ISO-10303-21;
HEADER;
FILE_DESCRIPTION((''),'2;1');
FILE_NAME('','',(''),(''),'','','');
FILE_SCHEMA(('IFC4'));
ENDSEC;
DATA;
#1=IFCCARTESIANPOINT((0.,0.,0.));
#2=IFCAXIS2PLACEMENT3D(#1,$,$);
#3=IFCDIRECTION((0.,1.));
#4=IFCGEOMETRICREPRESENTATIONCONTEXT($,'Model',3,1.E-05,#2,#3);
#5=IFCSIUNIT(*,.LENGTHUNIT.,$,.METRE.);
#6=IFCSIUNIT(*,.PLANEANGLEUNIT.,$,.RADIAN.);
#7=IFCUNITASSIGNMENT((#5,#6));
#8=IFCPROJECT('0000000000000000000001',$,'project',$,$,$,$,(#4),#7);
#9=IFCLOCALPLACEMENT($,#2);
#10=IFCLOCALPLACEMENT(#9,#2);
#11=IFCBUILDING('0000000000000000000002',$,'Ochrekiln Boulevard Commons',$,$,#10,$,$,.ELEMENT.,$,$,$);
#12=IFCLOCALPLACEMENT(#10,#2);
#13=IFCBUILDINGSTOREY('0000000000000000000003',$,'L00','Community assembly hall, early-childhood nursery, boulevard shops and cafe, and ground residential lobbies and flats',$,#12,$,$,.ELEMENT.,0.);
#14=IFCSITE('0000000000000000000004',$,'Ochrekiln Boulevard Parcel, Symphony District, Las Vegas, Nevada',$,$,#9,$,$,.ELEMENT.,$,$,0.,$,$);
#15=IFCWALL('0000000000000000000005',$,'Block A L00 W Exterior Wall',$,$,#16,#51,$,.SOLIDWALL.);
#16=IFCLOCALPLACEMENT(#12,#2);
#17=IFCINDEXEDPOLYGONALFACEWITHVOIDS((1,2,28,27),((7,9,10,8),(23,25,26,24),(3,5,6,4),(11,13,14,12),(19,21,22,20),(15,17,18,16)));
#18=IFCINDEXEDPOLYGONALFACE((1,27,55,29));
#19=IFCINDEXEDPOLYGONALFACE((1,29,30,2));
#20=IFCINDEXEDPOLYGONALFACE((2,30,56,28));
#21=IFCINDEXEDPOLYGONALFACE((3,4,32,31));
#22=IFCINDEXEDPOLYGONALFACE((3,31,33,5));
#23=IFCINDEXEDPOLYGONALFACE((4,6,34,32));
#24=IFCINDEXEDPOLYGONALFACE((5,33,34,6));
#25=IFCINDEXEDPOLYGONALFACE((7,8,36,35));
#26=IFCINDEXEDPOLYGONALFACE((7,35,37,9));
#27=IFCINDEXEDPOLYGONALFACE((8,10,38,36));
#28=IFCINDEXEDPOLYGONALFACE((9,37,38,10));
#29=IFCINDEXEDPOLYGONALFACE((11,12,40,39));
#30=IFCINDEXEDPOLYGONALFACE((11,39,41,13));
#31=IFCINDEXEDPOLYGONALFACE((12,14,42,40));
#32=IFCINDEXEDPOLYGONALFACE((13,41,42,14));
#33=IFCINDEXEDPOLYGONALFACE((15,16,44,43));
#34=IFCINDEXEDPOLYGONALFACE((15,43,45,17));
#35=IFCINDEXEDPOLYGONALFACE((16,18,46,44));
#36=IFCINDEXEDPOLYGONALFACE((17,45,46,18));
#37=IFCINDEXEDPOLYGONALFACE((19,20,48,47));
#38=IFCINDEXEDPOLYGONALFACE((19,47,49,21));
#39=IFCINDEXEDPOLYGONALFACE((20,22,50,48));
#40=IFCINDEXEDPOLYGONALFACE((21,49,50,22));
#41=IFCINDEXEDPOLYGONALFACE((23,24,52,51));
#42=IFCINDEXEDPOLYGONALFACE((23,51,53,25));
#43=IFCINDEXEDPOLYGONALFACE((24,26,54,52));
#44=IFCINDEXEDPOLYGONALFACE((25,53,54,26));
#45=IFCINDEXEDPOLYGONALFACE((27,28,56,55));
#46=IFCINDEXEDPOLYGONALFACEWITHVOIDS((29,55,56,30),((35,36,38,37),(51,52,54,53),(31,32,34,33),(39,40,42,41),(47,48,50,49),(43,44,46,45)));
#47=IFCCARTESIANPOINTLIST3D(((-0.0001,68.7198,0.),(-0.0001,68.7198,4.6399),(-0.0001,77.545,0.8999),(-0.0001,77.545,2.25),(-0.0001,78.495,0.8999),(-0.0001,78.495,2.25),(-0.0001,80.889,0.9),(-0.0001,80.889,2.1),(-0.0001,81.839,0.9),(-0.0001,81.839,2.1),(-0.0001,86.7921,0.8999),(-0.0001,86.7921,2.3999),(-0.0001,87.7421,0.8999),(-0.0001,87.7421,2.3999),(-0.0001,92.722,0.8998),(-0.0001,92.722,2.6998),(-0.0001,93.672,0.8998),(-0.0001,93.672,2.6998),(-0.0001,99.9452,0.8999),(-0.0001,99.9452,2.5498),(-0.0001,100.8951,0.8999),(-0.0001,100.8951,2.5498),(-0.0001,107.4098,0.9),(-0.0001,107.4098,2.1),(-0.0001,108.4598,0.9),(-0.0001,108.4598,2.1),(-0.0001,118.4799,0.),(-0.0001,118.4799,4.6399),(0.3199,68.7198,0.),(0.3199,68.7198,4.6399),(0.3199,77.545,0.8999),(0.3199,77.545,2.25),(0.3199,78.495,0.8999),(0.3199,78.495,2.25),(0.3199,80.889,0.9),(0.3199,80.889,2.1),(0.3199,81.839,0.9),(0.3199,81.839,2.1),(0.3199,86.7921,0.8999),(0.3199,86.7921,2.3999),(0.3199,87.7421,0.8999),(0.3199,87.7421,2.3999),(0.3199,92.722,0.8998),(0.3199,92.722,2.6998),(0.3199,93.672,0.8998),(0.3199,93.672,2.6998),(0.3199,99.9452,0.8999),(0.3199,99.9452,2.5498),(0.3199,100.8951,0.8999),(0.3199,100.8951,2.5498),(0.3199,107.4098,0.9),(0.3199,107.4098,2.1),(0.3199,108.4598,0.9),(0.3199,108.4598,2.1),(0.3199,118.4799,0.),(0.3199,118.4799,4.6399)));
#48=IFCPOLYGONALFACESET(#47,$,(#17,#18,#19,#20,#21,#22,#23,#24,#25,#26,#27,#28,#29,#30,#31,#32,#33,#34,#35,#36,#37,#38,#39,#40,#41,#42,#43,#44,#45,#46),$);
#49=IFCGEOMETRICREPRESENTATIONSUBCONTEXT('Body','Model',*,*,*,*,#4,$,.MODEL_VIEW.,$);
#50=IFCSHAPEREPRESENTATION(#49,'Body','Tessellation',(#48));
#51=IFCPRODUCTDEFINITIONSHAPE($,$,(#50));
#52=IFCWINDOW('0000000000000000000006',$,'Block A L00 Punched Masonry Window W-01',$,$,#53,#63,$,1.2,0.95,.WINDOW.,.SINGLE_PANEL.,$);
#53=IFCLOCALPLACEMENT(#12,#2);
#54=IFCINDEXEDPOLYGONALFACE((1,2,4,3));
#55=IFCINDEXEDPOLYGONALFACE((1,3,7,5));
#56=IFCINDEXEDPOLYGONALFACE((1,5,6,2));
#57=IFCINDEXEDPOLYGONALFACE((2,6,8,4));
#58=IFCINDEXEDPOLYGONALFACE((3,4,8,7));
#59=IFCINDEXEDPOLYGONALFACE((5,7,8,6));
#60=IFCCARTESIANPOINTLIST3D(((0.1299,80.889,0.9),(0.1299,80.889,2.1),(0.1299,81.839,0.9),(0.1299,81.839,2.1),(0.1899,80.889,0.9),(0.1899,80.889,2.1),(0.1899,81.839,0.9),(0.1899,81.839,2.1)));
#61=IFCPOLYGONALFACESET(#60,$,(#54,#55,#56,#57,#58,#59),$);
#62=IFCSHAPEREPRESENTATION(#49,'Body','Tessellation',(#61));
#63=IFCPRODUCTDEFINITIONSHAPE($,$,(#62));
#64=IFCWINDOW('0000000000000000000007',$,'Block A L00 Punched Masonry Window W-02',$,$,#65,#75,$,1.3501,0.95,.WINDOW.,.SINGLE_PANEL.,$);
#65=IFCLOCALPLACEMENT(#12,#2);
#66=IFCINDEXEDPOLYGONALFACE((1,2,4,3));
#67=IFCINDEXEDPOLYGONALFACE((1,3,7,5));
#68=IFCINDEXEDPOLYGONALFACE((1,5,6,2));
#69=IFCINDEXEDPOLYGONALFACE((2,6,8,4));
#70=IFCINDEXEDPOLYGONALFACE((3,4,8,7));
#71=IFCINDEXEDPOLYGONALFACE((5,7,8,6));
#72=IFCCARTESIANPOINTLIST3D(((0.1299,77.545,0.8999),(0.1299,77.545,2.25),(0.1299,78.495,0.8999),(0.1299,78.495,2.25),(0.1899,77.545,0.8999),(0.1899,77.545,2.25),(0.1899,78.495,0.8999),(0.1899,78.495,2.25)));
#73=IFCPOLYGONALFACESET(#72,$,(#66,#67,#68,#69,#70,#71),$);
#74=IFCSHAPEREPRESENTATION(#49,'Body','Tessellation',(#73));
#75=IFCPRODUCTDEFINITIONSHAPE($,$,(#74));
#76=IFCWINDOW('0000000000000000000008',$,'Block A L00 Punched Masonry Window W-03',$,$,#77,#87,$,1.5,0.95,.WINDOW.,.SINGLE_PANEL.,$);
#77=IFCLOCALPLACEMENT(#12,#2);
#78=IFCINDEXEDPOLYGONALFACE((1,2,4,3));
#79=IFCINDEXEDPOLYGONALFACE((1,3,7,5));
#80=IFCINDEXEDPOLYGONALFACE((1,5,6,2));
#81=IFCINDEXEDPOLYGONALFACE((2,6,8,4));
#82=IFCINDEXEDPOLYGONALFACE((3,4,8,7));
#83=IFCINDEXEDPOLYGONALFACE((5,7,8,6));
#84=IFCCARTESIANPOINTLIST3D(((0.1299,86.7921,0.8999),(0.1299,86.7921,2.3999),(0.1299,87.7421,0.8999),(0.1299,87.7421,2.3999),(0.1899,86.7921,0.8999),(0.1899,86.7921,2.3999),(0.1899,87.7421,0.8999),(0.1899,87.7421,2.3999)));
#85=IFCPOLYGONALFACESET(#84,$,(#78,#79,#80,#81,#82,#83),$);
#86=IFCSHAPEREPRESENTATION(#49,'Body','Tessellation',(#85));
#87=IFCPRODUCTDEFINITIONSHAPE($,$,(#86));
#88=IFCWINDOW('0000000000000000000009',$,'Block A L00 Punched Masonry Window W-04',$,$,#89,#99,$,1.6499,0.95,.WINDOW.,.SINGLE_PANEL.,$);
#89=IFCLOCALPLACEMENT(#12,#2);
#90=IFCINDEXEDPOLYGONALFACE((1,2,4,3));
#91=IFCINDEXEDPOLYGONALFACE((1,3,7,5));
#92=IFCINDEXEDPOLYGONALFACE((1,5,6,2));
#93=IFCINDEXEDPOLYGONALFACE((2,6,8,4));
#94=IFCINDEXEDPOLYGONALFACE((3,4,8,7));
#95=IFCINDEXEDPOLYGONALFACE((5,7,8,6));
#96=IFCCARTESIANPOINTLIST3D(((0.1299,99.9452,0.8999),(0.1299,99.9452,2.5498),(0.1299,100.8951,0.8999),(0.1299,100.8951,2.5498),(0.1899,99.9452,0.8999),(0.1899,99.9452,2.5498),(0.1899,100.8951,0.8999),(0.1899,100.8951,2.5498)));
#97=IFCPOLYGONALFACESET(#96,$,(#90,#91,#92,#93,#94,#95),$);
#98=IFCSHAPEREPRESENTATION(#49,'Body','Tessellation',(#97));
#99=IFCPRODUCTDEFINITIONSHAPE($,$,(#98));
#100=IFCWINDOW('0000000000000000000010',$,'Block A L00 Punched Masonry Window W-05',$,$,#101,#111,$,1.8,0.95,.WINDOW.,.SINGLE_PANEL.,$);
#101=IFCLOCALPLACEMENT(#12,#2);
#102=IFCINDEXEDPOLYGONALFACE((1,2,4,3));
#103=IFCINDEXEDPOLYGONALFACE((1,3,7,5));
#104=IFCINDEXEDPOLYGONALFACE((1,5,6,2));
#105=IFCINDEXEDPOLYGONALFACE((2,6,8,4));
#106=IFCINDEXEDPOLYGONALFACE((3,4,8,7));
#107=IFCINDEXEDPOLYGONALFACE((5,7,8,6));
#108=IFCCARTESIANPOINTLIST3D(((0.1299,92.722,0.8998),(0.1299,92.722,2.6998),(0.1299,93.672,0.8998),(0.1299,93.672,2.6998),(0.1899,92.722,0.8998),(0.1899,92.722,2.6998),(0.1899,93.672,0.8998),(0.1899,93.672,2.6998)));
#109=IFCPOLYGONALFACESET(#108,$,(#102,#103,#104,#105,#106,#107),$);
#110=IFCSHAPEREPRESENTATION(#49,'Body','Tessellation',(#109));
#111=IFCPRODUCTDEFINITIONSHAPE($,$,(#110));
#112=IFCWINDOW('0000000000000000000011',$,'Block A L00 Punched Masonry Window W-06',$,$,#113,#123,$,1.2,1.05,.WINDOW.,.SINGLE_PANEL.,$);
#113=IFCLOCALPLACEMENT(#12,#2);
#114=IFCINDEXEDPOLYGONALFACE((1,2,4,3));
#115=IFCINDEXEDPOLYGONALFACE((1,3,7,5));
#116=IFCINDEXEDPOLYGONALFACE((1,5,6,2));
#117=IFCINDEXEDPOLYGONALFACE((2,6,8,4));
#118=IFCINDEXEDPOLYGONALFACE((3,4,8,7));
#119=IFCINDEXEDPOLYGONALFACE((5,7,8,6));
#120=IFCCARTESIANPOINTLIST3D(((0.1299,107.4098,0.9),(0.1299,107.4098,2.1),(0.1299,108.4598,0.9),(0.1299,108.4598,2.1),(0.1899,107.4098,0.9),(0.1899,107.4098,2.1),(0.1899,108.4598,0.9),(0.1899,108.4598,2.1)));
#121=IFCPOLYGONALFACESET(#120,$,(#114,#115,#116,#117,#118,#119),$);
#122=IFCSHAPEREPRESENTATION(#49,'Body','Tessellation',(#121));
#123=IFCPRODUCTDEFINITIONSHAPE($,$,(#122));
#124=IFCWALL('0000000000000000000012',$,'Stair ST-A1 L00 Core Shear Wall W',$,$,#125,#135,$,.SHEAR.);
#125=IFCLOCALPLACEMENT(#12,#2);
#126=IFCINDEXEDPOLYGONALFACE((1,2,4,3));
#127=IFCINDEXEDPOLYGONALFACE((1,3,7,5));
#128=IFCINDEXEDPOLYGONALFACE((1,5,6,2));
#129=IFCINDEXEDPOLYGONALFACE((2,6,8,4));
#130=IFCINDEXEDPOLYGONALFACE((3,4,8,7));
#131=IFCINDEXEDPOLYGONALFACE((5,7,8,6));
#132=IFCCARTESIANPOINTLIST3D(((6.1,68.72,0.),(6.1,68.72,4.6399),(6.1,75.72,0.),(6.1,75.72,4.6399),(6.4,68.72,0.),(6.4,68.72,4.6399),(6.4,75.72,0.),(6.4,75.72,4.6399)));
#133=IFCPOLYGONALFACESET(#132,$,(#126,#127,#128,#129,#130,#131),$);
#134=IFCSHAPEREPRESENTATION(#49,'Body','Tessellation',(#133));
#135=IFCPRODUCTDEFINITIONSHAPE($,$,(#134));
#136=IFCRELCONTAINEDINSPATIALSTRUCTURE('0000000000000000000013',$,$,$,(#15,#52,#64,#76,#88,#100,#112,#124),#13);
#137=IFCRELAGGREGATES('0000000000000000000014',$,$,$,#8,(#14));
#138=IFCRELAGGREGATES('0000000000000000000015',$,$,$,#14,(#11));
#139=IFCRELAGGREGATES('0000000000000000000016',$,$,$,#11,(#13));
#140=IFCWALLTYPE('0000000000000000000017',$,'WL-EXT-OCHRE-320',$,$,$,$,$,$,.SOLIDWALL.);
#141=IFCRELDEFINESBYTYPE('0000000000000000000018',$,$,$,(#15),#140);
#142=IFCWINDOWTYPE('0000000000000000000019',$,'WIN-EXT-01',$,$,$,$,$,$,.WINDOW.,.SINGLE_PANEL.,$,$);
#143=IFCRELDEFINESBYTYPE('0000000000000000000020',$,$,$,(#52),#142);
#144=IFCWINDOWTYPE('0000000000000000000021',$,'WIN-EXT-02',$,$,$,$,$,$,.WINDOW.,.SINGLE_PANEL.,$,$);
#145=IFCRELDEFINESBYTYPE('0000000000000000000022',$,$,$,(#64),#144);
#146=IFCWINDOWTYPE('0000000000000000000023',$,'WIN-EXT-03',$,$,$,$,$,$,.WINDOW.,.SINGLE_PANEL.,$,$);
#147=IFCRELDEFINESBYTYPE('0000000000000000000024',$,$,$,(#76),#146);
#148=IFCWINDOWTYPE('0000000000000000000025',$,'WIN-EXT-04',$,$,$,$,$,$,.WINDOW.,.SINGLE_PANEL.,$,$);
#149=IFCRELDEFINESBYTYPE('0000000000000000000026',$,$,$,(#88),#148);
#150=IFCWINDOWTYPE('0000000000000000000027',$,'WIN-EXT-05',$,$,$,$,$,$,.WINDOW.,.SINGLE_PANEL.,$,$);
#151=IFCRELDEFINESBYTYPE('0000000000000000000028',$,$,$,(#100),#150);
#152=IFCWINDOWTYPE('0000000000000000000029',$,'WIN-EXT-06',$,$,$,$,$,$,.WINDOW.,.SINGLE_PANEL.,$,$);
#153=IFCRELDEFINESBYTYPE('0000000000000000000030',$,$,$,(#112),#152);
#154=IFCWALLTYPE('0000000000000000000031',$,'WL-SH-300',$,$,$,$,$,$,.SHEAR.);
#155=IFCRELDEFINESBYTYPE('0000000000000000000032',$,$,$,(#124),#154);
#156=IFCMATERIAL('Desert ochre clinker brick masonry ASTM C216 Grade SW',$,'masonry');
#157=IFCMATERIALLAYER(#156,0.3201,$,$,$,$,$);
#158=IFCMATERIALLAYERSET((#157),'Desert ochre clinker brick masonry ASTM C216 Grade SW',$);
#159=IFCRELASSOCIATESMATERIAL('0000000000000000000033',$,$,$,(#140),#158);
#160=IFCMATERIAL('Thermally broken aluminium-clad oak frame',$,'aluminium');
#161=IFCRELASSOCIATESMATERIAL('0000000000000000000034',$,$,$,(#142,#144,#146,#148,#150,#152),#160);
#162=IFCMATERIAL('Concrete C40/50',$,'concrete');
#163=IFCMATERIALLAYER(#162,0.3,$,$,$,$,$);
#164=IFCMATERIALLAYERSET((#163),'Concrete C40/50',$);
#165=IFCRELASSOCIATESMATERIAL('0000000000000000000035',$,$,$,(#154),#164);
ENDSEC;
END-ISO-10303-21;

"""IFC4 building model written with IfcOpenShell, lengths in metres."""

from ifc_helpers import new_model, si_unit, direction, frame, frame_2d, origin, place, context, subcontext, project, spatial, rectangle, extrude, material, layer, layer_set, type_object, element, fill, save


model = new_model("IFC4")

# Units and contexts
model_context = context("Model", 3, precision=1e-05, world=origin(), true_north=direction((0.0, 1.0)))
body_context = subcontext(model_context, "Body", "Model", "MODEL_VIEW")
ifc_project = project(units=[si_unit("LENGTHUNIT", "METRE"), si_unit("PLANEANGLEUNIT", "RADIAN")], contexts=[model_context])

# Site, building, storey
site_placement = place(None, origin())
site = spatial("IfcSite", under=ifc_project, at=site_placement, Name="Ochrekiln Boulevard Parcel, Symphony District, Las Vegas, Nevada", CompositionType="ELEMENT", RefElevation=0.0)
building_placement = place(site_placement, origin())
building = spatial("IfcBuilding", under=site, at=building_placement, Name="Ochrekiln Boulevard Commons", CompositionType="ELEMENT")
storey_placement = place(building_placement, origin())
storey = spatial("IfcBuildingStorey", under=building, at=storey_placement, Name="L00", Description="Community assembly hall, early-childhood nursery, boulevard shops and cafe, and ground residential lobbies and flats", CompositionType="ELEMENT", Elevation=0.0)

# Shared definitions
ifc_material_1 = material(Name="Concrete C40/50", Category="concrete")

# Shared definitions
ifc_material_2 = material(Name="Desert ochre clinker brick masonry ASTM C216 Grade SW", Category="masonry")
ifc_layer_1 = layer(ifc_material_2, 0.3201)
ifc_layer_set_1 = layer_set([ifc_layer_1], Name="Desert ochre clinker brick masonry ASTM C216 Grade SW")
wall_type_1 = type_object("IfcWallType", Name="WL-EXT-OCHRE-320", PredefinedType="SOLIDWALL", material=ifc_layer_set_1)

# Wall, openings, windows
wall_1_placement = place(storey_placement, frame((0.1599, 68.72, 0.0), z_axis=(0.0, 0.0, 1.0), x_axis=(0.0, 1.0, 0.0)))
wall_1 = element("IfcWall", 1, at=wall_1_placement, inside=storey, type_object=wall_type_1, Name="Block A L00 W Exterior Wall", PredefinedType="SOLIDWALL", context=body_context, shape_type="SweptSolid", body=[
    extrude(rectangle(XDim=49.76, YDim=0.3201, at=frame_2d((24.8799, 0.0))), origin(), (0.0, 0.0, 1.0), 4.6399),
])
opening_1_placement = place(wall_1_placement, frame((12.1689, 0.0, 0.8999)))
opening_1 = element("IfcOpeningElement", 2, at=opening_1_placement, cuts=wall_1, PredefinedType="OPENING", context=body_context, shape_type="SweptSolid", body=[
    extrude(rectangle(XDim=0.95, YDim=1.2, at=frame_2d((0.4751, 0.6001))), frame((0.0, 0.1699, 0.0), z_axis=(0.0, -1.0, 0.0), x_axis=(1.0, 0.0, 0.0)), (0.0, 0.0, 1.0), 0.3401),
])
opening_2_placement = place(wall_1_placement, frame((8.825, 0.0, 0.8999)))
opening_2 = element("IfcOpeningElement", 3, at=opening_2_placement, cuts=wall_1, PredefinedType="OPENING", context=body_context, shape_type="SweptSolid", body=[
    extrude(rectangle(XDim=0.95, YDim=1.3501, at=frame_2d((0.4751, 0.675))), frame((0.0, 0.1699, 0.0), z_axis=(0.0, -1.0, 0.0), x_axis=(1.0, 0.0, 0.0)), (0.0, 0.0, 1.0), 0.3401),
])
opening_3_placement = place(wall_1_placement, frame((18.072, 0.0, 0.8999)))
opening_3 = element("IfcOpeningElement", 4, at=opening_3_placement, cuts=wall_1, PredefinedType="OPENING", context=body_context, shape_type="SweptSolid", body=[
    extrude(rectangle(XDim=0.95, YDim=1.5, at=frame_2d((0.4751, 0.75))), frame((0.0, 0.1699, 0.0), z_axis=(0.0, -1.0, 0.0), x_axis=(1.0, 0.0, 0.0)), (0.0, 0.0, 1.0), 0.3401),
])
opening_4_placement = place(wall_1_placement, frame((31.2251, 0.0, 0.8999)))
opening_4 = element("IfcOpeningElement", 5, at=opening_4_placement, cuts=wall_1, PredefinedType="OPENING", context=body_context, shape_type="SweptSolid", body=[
    extrude(rectangle(XDim=0.95, YDim=1.6499, at=frame_2d((0.4751, 0.825))), frame((0.0, 0.1699, 0.0), z_axis=(0.0, -1.0, 0.0), x_axis=(1.0, 0.0, 0.0)), (0.0, 0.0, 1.0), 0.3401),
])
opening_5_placement = place(wall_1_placement, frame((24.002, 0.0, 0.8999)))
opening_5 = element("IfcOpeningElement", 6, at=opening_5_placement, cuts=wall_1, PredefinedType="OPENING", context=body_context, shape_type="SweptSolid", body=[
    extrude(rectangle(XDim=0.95, YDim=1.8, at=frame_2d((0.4751, 0.8999))), frame((0.0, 0.1699, 0.0), z_axis=(0.0, -1.0, 0.0), x_axis=(1.0, 0.0, 0.0)), (0.0, 0.0, 1.0), 0.3401),
])
opening_6_placement = place(wall_1_placement, frame((38.6899, 0.0, 0.8999)))
opening_6 = element("IfcOpeningElement", 7, at=opening_6_placement, cuts=wall_1, PredefinedType="OPENING", context=body_context, shape_type="SweptSolid", body=[
    extrude(rectangle(XDim=1.05, YDim=1.2, at=frame_2d((0.5249, 0.6001))), frame((0.0, 0.1699, 0.0), z_axis=(0.0, -1.0, 0.0), x_axis=(1.0, 0.0, 0.0)), (0.0, 0.0, 1.0), 0.3401),
])
ifc_material_3 = material(Name="Thermally broken aluminium-clad oak frame", Category="aluminium")
window_type_1 = type_object("IfcWindowType", Name="WIN-EXT-01", PartitioningType="SINGLE_PANEL", PredefinedType="WINDOW", material=ifc_material_3)
window_1_placement = place(opening_1_placement, origin())
window_1 = element("IfcWindow", 8, at=window_1_placement, inside=storey, type_object=window_type_1, Name="Block A L00 Punched Masonry Window W-01", OverallHeight=1.2, OverallWidth=0.95, PartitioningType="SINGLE_PANEL", PredefinedType="WINDOW", context=body_context, shape_type="SweptSolid", body=[
    extrude(rectangle(XDim=0.95, YDim=1.2, at=frame_2d((0.4751, 0.6001))), frame((0.0, 0.03, 0.0), z_axis=(0.0, -1.0, 0.0), x_axis=(1.0, 0.0, 0.0)), (0.0, 0.0, 1.0), 0.0601),
])
fill(opening_1, window_1)
window_type_2 = type_object("IfcWindowType", Name="WIN-EXT-02", PartitioningType="SINGLE_PANEL", PredefinedType="WINDOW", material=ifc_material_3)
window_2_placement = place(opening_2_placement, origin())
window_2 = element("IfcWindow", 9, at=window_2_placement, inside=storey, type_object=window_type_2, Name="Block A L00 Punched Masonry Window W-02", OverallHeight=1.3501, OverallWidth=0.95, PartitioningType="SINGLE_PANEL", PredefinedType="WINDOW", context=body_context, shape_type="SweptSolid", body=[
    extrude(rectangle(XDim=0.95, YDim=1.3501, at=frame_2d((0.4751, 0.675))), frame((0.0, 0.03, 0.0), z_axis=(0.0, -1.0, 0.0), x_axis=(1.0, 0.0, 0.0)), (0.0, 0.0, 1.0), 0.0601),
])
fill(opening_2, window_2)
window_type_3 = type_object("IfcWindowType", Name="WIN-EXT-03", PartitioningType="SINGLE_PANEL", PredefinedType="WINDOW", material=ifc_material_3)
window_3_placement = place(opening_3_placement, origin())
window_3 = element("IfcWindow", 10, at=window_3_placement, inside=storey, type_object=window_type_3, Name="Block A L00 Punched Masonry Window W-03", OverallHeight=1.5, OverallWidth=0.95, PartitioningType="SINGLE_PANEL", PredefinedType="WINDOW", context=body_context, shape_type="SweptSolid", body=[
    extrude(rectangle(XDim=0.95, YDim=1.5, at=frame_2d((0.4751, 0.75))), frame((0.0, 0.03, 0.0), z_axis=(0.0, -1.0, 0.0), x_axis=(1.0, 0.0, 0.0)), (0.0, 0.0, 1.0), 0.0601),
])
fill(opening_3, window_3)
window_type_4 = type_object("IfcWindowType", Name="WIN-EXT-04", PartitioningType="SINGLE_PANEL", PredefinedType="WINDOW", material=ifc_material_3)
window_4_placement = place(opening_4_placement, origin())
window_4 = element("IfcWindow", 11, at=window_4_placement, inside=storey, type_object=window_type_4, Name="Block A L00 Punched Masonry Window W-04", OverallHeight=1.6499, OverallWidth=0.95, PartitioningType="SINGLE_PANEL", PredefinedType="WINDOW", context=body_context, shape_type="SweptSolid", body=[
    extrude(rectangle(XDim=0.95, YDim=1.6499, at=frame_2d((0.4751, 0.825))), frame((0.0, 0.03, 0.0), z_axis=(0.0, -1.0, 0.0), x_axis=(1.0, 0.0, 0.0)), (0.0, 0.0, 1.0), 0.0601),
])
fill(opening_4, window_4)
window_type_5 = type_object("IfcWindowType", Name="WIN-EXT-05", PartitioningType="SINGLE_PANEL", PredefinedType="WINDOW", material=ifc_material_3)
window_5_placement = place(opening_5_placement, origin())
window_5 = element("IfcWindow", 12, at=window_5_placement, inside=storey, type_object=window_type_5, Name="Block A L00 Punched Masonry Window W-05", OverallHeight=1.8, OverallWidth=0.95, PartitioningType="SINGLE_PANEL", PredefinedType="WINDOW", context=body_context, shape_type="SweptSolid", body=[
    extrude(rectangle(XDim=0.95, YDim=1.8, at=frame_2d((0.4751, 0.8999))), frame((0.0, 0.03, 0.0), z_axis=(0.0, -1.0, 0.0), x_axis=(1.0, 0.0, 0.0)), (0.0, 0.0, 1.0), 0.0601),
])
fill(opening_5, window_5)
window_type_6 = type_object("IfcWindowType", Name="WIN-EXT-06", PartitioningType="SINGLE_PANEL", PredefinedType="WINDOW", material=ifc_material_3)
window_6_placement = place(opening_6_placement, origin())
window_6 = element("IfcWindow", 13, at=window_6_placement, inside=storey, type_object=window_type_6, Name="Block A L00 Punched Masonry Window W-06", OverallHeight=1.2, OverallWidth=1.05, PartitioningType="SINGLE_PANEL", PredefinedType="WINDOW", context=body_context, shape_type="SweptSolid", body=[
    extrude(rectangle(XDim=1.05, YDim=1.2, at=frame_2d((0.5249, 0.6001))), frame((0.0, 0.03, 0.0), z_axis=(0.0, -1.0, 0.0), x_axis=(1.0, 0.0, 0.0)), (0.0, 0.0, 1.0), 0.0601),
])
fill(opening_6, window_6)

# Wall
ifc_layer_2 = layer(ifc_material_1, 0.3)
ifc_layer_set_2 = layer_set([ifc_layer_2], Name="Concrete C40/50")
wall_type_2 = type_object("IfcWallType", Name="WL-SH-300", PredefinedType="SHEAR", material=ifc_layer_set_2)
wall_2_placement = place(storey_placement, frame((6.25, 68.72, 0.0), z_axis=(0.0, 0.0, 1.0), x_axis=(0.0, 1.0, 0.0)))
element("IfcWall", 14, at=wall_2_placement, inside=storey, type_object=wall_type_2, Name="Stair ST-A1 L00 Core Shear Wall W", PredefinedType="SHEAR", context=body_context, shape_type="SweptSolid", body=[
    extrude(rectangle(XDim=7.0, YDim=0.3, at=frame_2d((3.5, 0.0))), origin(), (0.0, 0.0, 1.0), 4.6399),
])

save(model, "model.ifc")
